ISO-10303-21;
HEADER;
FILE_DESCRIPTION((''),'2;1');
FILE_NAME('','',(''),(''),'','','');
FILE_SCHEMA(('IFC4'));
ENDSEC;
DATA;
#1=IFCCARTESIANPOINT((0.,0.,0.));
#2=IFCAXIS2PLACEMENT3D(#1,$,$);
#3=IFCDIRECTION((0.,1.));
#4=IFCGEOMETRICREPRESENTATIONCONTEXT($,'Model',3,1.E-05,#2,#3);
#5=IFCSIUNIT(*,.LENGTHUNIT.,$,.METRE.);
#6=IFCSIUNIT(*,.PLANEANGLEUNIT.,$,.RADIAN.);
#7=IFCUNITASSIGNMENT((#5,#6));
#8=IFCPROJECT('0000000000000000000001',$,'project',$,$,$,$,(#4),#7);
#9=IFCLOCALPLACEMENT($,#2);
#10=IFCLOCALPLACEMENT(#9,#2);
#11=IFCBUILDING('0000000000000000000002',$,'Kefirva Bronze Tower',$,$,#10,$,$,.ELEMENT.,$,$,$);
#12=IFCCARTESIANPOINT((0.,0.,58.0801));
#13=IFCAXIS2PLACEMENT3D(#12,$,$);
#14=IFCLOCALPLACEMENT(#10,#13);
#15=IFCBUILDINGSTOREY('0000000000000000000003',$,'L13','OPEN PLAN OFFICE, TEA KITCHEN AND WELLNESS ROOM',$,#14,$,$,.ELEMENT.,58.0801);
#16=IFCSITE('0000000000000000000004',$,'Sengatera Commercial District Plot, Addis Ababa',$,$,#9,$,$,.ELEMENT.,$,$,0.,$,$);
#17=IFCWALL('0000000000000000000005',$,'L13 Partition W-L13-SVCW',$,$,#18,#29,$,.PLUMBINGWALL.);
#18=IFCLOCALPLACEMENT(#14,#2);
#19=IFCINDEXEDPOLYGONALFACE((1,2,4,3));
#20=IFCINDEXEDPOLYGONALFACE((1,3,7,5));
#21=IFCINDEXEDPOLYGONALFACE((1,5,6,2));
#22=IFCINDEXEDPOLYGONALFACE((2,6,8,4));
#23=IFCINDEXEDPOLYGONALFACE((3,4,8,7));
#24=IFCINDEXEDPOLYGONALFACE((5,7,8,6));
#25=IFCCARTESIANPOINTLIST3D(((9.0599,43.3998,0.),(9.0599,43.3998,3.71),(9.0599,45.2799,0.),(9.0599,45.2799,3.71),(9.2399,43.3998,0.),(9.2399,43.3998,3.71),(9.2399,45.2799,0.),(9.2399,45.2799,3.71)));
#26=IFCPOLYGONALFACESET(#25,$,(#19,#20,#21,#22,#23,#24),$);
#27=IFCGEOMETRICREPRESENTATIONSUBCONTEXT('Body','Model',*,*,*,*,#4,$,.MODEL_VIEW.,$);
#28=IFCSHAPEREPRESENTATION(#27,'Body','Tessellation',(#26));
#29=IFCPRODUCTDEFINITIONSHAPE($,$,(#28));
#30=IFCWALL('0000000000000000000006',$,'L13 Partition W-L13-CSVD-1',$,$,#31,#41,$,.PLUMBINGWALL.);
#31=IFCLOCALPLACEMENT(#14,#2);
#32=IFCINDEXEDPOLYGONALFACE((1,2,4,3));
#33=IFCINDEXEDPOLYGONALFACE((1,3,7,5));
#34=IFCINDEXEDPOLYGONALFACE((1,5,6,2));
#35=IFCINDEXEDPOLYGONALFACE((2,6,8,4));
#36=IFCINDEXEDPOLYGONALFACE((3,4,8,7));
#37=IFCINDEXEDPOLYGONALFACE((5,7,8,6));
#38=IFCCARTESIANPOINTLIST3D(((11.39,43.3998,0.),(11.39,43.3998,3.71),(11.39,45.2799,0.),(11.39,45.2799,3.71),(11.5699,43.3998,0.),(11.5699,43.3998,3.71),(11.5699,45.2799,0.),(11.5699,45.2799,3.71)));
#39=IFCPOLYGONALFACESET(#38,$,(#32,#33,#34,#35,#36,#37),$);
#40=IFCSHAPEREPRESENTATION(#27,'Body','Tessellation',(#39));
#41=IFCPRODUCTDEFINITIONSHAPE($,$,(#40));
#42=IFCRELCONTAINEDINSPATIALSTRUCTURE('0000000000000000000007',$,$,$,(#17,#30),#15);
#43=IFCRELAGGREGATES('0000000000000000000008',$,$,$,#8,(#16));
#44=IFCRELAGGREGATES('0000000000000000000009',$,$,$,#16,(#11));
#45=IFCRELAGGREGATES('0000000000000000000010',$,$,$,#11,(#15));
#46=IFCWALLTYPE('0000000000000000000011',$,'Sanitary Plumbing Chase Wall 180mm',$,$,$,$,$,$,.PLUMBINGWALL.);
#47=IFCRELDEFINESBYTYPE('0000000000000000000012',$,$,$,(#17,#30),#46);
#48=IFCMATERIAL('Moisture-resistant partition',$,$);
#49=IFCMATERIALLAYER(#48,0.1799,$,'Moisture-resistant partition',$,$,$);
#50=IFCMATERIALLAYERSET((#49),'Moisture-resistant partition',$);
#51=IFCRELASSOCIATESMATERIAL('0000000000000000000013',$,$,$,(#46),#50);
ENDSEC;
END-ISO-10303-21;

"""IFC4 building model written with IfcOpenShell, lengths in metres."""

from ifc_helpers import new_model, si_unit, direction, frame, frame_2d, origin, place, context, subcontext, project, spatial, rectangle, extrude, material, layer, layer_set, type_object, element, save


model = new_model("IFC4")

# Units and contexts
model_context = context("Model", 3, precision=1e-05, world=origin(), true_north=direction((0.0, 1.0)))
body_context = subcontext(model_context, "Body", "Model", "MODEL_VIEW")
ifc_project = project(units=[si_unit("LENGTHUNIT", "METRE"), si_unit("PLANEANGLEUNIT", "RADIAN")], contexts=[model_context])

# Site, building, storey
site_placement = place(None, origin())
site = spatial("IfcSite", under=ifc_project, at=site_placement, Name="Sengatera Commercial District Plot, Addis Ababa", CompositionType="ELEMENT", RefElevation=0.0)
building_placement = place(site_placement, origin())
building = spatial("IfcBuilding", under=site, at=building_placement, Name="Kefirva Bronze Tower", CompositionType="ELEMENT")
storey_placement = place(building_placement, frame((0.0, 0.0, 58.0801)))
storey = spatial("IfcBuildingStorey", under=building, at=storey_placement, Name="L13", Description="OPEN PLAN OFFICE, TEA KITCHEN AND WELLNESS ROOM", CompositionType="ELEMENT", Elevation=58.0801)

# Shared definitions
ifc_material_1 = material(Name="Moisture-resistant partition")
ifc_layer_1 = layer(ifc_material_1, 0.1799, Name="Moisture-resistant partition")
ifc_layer_set_1 = layer_set([ifc_layer_1], Name="Moisture-resistant partition")
wall_type_1 = type_object("IfcWallType", Name="Sanitary Plumbing Chase Wall 180mm", PredefinedType="PLUMBINGWALL", material=ifc_layer_set_1)

# Walls
for number, where, z_axis, x_axis, name in (
    (1, (9.1499, 43.3999, 0.0), (0.0, 0.0, 1.0), (0.0, 1.0, 0.0), "L13 Partition W-L13-SVCW"),
    (2, (11.48, 43.3999, 0.0), (0.0, 0.0, 1.0), (0.0, 1.0, 0.0), "L13 Partition W-L13-CSVD-1"),
):
    element("IfcWall", number, at=place(storey_placement, frame(where, z_axis=z_axis, x_axis=x_axis)), inside=storey, type_object=wall_type_1, Name=name, PredefinedType="PLUMBINGWALL", context=body_context, shape_type="SweptSolid", body=[
        extrude(rectangle(XDim=1.8801, YDim=0.1799, at=frame_2d((0.9399, 0.0))), origin(), (0.0, 0.0, 1.0), 3.71),
    ])

save(model, "model.ifc")
